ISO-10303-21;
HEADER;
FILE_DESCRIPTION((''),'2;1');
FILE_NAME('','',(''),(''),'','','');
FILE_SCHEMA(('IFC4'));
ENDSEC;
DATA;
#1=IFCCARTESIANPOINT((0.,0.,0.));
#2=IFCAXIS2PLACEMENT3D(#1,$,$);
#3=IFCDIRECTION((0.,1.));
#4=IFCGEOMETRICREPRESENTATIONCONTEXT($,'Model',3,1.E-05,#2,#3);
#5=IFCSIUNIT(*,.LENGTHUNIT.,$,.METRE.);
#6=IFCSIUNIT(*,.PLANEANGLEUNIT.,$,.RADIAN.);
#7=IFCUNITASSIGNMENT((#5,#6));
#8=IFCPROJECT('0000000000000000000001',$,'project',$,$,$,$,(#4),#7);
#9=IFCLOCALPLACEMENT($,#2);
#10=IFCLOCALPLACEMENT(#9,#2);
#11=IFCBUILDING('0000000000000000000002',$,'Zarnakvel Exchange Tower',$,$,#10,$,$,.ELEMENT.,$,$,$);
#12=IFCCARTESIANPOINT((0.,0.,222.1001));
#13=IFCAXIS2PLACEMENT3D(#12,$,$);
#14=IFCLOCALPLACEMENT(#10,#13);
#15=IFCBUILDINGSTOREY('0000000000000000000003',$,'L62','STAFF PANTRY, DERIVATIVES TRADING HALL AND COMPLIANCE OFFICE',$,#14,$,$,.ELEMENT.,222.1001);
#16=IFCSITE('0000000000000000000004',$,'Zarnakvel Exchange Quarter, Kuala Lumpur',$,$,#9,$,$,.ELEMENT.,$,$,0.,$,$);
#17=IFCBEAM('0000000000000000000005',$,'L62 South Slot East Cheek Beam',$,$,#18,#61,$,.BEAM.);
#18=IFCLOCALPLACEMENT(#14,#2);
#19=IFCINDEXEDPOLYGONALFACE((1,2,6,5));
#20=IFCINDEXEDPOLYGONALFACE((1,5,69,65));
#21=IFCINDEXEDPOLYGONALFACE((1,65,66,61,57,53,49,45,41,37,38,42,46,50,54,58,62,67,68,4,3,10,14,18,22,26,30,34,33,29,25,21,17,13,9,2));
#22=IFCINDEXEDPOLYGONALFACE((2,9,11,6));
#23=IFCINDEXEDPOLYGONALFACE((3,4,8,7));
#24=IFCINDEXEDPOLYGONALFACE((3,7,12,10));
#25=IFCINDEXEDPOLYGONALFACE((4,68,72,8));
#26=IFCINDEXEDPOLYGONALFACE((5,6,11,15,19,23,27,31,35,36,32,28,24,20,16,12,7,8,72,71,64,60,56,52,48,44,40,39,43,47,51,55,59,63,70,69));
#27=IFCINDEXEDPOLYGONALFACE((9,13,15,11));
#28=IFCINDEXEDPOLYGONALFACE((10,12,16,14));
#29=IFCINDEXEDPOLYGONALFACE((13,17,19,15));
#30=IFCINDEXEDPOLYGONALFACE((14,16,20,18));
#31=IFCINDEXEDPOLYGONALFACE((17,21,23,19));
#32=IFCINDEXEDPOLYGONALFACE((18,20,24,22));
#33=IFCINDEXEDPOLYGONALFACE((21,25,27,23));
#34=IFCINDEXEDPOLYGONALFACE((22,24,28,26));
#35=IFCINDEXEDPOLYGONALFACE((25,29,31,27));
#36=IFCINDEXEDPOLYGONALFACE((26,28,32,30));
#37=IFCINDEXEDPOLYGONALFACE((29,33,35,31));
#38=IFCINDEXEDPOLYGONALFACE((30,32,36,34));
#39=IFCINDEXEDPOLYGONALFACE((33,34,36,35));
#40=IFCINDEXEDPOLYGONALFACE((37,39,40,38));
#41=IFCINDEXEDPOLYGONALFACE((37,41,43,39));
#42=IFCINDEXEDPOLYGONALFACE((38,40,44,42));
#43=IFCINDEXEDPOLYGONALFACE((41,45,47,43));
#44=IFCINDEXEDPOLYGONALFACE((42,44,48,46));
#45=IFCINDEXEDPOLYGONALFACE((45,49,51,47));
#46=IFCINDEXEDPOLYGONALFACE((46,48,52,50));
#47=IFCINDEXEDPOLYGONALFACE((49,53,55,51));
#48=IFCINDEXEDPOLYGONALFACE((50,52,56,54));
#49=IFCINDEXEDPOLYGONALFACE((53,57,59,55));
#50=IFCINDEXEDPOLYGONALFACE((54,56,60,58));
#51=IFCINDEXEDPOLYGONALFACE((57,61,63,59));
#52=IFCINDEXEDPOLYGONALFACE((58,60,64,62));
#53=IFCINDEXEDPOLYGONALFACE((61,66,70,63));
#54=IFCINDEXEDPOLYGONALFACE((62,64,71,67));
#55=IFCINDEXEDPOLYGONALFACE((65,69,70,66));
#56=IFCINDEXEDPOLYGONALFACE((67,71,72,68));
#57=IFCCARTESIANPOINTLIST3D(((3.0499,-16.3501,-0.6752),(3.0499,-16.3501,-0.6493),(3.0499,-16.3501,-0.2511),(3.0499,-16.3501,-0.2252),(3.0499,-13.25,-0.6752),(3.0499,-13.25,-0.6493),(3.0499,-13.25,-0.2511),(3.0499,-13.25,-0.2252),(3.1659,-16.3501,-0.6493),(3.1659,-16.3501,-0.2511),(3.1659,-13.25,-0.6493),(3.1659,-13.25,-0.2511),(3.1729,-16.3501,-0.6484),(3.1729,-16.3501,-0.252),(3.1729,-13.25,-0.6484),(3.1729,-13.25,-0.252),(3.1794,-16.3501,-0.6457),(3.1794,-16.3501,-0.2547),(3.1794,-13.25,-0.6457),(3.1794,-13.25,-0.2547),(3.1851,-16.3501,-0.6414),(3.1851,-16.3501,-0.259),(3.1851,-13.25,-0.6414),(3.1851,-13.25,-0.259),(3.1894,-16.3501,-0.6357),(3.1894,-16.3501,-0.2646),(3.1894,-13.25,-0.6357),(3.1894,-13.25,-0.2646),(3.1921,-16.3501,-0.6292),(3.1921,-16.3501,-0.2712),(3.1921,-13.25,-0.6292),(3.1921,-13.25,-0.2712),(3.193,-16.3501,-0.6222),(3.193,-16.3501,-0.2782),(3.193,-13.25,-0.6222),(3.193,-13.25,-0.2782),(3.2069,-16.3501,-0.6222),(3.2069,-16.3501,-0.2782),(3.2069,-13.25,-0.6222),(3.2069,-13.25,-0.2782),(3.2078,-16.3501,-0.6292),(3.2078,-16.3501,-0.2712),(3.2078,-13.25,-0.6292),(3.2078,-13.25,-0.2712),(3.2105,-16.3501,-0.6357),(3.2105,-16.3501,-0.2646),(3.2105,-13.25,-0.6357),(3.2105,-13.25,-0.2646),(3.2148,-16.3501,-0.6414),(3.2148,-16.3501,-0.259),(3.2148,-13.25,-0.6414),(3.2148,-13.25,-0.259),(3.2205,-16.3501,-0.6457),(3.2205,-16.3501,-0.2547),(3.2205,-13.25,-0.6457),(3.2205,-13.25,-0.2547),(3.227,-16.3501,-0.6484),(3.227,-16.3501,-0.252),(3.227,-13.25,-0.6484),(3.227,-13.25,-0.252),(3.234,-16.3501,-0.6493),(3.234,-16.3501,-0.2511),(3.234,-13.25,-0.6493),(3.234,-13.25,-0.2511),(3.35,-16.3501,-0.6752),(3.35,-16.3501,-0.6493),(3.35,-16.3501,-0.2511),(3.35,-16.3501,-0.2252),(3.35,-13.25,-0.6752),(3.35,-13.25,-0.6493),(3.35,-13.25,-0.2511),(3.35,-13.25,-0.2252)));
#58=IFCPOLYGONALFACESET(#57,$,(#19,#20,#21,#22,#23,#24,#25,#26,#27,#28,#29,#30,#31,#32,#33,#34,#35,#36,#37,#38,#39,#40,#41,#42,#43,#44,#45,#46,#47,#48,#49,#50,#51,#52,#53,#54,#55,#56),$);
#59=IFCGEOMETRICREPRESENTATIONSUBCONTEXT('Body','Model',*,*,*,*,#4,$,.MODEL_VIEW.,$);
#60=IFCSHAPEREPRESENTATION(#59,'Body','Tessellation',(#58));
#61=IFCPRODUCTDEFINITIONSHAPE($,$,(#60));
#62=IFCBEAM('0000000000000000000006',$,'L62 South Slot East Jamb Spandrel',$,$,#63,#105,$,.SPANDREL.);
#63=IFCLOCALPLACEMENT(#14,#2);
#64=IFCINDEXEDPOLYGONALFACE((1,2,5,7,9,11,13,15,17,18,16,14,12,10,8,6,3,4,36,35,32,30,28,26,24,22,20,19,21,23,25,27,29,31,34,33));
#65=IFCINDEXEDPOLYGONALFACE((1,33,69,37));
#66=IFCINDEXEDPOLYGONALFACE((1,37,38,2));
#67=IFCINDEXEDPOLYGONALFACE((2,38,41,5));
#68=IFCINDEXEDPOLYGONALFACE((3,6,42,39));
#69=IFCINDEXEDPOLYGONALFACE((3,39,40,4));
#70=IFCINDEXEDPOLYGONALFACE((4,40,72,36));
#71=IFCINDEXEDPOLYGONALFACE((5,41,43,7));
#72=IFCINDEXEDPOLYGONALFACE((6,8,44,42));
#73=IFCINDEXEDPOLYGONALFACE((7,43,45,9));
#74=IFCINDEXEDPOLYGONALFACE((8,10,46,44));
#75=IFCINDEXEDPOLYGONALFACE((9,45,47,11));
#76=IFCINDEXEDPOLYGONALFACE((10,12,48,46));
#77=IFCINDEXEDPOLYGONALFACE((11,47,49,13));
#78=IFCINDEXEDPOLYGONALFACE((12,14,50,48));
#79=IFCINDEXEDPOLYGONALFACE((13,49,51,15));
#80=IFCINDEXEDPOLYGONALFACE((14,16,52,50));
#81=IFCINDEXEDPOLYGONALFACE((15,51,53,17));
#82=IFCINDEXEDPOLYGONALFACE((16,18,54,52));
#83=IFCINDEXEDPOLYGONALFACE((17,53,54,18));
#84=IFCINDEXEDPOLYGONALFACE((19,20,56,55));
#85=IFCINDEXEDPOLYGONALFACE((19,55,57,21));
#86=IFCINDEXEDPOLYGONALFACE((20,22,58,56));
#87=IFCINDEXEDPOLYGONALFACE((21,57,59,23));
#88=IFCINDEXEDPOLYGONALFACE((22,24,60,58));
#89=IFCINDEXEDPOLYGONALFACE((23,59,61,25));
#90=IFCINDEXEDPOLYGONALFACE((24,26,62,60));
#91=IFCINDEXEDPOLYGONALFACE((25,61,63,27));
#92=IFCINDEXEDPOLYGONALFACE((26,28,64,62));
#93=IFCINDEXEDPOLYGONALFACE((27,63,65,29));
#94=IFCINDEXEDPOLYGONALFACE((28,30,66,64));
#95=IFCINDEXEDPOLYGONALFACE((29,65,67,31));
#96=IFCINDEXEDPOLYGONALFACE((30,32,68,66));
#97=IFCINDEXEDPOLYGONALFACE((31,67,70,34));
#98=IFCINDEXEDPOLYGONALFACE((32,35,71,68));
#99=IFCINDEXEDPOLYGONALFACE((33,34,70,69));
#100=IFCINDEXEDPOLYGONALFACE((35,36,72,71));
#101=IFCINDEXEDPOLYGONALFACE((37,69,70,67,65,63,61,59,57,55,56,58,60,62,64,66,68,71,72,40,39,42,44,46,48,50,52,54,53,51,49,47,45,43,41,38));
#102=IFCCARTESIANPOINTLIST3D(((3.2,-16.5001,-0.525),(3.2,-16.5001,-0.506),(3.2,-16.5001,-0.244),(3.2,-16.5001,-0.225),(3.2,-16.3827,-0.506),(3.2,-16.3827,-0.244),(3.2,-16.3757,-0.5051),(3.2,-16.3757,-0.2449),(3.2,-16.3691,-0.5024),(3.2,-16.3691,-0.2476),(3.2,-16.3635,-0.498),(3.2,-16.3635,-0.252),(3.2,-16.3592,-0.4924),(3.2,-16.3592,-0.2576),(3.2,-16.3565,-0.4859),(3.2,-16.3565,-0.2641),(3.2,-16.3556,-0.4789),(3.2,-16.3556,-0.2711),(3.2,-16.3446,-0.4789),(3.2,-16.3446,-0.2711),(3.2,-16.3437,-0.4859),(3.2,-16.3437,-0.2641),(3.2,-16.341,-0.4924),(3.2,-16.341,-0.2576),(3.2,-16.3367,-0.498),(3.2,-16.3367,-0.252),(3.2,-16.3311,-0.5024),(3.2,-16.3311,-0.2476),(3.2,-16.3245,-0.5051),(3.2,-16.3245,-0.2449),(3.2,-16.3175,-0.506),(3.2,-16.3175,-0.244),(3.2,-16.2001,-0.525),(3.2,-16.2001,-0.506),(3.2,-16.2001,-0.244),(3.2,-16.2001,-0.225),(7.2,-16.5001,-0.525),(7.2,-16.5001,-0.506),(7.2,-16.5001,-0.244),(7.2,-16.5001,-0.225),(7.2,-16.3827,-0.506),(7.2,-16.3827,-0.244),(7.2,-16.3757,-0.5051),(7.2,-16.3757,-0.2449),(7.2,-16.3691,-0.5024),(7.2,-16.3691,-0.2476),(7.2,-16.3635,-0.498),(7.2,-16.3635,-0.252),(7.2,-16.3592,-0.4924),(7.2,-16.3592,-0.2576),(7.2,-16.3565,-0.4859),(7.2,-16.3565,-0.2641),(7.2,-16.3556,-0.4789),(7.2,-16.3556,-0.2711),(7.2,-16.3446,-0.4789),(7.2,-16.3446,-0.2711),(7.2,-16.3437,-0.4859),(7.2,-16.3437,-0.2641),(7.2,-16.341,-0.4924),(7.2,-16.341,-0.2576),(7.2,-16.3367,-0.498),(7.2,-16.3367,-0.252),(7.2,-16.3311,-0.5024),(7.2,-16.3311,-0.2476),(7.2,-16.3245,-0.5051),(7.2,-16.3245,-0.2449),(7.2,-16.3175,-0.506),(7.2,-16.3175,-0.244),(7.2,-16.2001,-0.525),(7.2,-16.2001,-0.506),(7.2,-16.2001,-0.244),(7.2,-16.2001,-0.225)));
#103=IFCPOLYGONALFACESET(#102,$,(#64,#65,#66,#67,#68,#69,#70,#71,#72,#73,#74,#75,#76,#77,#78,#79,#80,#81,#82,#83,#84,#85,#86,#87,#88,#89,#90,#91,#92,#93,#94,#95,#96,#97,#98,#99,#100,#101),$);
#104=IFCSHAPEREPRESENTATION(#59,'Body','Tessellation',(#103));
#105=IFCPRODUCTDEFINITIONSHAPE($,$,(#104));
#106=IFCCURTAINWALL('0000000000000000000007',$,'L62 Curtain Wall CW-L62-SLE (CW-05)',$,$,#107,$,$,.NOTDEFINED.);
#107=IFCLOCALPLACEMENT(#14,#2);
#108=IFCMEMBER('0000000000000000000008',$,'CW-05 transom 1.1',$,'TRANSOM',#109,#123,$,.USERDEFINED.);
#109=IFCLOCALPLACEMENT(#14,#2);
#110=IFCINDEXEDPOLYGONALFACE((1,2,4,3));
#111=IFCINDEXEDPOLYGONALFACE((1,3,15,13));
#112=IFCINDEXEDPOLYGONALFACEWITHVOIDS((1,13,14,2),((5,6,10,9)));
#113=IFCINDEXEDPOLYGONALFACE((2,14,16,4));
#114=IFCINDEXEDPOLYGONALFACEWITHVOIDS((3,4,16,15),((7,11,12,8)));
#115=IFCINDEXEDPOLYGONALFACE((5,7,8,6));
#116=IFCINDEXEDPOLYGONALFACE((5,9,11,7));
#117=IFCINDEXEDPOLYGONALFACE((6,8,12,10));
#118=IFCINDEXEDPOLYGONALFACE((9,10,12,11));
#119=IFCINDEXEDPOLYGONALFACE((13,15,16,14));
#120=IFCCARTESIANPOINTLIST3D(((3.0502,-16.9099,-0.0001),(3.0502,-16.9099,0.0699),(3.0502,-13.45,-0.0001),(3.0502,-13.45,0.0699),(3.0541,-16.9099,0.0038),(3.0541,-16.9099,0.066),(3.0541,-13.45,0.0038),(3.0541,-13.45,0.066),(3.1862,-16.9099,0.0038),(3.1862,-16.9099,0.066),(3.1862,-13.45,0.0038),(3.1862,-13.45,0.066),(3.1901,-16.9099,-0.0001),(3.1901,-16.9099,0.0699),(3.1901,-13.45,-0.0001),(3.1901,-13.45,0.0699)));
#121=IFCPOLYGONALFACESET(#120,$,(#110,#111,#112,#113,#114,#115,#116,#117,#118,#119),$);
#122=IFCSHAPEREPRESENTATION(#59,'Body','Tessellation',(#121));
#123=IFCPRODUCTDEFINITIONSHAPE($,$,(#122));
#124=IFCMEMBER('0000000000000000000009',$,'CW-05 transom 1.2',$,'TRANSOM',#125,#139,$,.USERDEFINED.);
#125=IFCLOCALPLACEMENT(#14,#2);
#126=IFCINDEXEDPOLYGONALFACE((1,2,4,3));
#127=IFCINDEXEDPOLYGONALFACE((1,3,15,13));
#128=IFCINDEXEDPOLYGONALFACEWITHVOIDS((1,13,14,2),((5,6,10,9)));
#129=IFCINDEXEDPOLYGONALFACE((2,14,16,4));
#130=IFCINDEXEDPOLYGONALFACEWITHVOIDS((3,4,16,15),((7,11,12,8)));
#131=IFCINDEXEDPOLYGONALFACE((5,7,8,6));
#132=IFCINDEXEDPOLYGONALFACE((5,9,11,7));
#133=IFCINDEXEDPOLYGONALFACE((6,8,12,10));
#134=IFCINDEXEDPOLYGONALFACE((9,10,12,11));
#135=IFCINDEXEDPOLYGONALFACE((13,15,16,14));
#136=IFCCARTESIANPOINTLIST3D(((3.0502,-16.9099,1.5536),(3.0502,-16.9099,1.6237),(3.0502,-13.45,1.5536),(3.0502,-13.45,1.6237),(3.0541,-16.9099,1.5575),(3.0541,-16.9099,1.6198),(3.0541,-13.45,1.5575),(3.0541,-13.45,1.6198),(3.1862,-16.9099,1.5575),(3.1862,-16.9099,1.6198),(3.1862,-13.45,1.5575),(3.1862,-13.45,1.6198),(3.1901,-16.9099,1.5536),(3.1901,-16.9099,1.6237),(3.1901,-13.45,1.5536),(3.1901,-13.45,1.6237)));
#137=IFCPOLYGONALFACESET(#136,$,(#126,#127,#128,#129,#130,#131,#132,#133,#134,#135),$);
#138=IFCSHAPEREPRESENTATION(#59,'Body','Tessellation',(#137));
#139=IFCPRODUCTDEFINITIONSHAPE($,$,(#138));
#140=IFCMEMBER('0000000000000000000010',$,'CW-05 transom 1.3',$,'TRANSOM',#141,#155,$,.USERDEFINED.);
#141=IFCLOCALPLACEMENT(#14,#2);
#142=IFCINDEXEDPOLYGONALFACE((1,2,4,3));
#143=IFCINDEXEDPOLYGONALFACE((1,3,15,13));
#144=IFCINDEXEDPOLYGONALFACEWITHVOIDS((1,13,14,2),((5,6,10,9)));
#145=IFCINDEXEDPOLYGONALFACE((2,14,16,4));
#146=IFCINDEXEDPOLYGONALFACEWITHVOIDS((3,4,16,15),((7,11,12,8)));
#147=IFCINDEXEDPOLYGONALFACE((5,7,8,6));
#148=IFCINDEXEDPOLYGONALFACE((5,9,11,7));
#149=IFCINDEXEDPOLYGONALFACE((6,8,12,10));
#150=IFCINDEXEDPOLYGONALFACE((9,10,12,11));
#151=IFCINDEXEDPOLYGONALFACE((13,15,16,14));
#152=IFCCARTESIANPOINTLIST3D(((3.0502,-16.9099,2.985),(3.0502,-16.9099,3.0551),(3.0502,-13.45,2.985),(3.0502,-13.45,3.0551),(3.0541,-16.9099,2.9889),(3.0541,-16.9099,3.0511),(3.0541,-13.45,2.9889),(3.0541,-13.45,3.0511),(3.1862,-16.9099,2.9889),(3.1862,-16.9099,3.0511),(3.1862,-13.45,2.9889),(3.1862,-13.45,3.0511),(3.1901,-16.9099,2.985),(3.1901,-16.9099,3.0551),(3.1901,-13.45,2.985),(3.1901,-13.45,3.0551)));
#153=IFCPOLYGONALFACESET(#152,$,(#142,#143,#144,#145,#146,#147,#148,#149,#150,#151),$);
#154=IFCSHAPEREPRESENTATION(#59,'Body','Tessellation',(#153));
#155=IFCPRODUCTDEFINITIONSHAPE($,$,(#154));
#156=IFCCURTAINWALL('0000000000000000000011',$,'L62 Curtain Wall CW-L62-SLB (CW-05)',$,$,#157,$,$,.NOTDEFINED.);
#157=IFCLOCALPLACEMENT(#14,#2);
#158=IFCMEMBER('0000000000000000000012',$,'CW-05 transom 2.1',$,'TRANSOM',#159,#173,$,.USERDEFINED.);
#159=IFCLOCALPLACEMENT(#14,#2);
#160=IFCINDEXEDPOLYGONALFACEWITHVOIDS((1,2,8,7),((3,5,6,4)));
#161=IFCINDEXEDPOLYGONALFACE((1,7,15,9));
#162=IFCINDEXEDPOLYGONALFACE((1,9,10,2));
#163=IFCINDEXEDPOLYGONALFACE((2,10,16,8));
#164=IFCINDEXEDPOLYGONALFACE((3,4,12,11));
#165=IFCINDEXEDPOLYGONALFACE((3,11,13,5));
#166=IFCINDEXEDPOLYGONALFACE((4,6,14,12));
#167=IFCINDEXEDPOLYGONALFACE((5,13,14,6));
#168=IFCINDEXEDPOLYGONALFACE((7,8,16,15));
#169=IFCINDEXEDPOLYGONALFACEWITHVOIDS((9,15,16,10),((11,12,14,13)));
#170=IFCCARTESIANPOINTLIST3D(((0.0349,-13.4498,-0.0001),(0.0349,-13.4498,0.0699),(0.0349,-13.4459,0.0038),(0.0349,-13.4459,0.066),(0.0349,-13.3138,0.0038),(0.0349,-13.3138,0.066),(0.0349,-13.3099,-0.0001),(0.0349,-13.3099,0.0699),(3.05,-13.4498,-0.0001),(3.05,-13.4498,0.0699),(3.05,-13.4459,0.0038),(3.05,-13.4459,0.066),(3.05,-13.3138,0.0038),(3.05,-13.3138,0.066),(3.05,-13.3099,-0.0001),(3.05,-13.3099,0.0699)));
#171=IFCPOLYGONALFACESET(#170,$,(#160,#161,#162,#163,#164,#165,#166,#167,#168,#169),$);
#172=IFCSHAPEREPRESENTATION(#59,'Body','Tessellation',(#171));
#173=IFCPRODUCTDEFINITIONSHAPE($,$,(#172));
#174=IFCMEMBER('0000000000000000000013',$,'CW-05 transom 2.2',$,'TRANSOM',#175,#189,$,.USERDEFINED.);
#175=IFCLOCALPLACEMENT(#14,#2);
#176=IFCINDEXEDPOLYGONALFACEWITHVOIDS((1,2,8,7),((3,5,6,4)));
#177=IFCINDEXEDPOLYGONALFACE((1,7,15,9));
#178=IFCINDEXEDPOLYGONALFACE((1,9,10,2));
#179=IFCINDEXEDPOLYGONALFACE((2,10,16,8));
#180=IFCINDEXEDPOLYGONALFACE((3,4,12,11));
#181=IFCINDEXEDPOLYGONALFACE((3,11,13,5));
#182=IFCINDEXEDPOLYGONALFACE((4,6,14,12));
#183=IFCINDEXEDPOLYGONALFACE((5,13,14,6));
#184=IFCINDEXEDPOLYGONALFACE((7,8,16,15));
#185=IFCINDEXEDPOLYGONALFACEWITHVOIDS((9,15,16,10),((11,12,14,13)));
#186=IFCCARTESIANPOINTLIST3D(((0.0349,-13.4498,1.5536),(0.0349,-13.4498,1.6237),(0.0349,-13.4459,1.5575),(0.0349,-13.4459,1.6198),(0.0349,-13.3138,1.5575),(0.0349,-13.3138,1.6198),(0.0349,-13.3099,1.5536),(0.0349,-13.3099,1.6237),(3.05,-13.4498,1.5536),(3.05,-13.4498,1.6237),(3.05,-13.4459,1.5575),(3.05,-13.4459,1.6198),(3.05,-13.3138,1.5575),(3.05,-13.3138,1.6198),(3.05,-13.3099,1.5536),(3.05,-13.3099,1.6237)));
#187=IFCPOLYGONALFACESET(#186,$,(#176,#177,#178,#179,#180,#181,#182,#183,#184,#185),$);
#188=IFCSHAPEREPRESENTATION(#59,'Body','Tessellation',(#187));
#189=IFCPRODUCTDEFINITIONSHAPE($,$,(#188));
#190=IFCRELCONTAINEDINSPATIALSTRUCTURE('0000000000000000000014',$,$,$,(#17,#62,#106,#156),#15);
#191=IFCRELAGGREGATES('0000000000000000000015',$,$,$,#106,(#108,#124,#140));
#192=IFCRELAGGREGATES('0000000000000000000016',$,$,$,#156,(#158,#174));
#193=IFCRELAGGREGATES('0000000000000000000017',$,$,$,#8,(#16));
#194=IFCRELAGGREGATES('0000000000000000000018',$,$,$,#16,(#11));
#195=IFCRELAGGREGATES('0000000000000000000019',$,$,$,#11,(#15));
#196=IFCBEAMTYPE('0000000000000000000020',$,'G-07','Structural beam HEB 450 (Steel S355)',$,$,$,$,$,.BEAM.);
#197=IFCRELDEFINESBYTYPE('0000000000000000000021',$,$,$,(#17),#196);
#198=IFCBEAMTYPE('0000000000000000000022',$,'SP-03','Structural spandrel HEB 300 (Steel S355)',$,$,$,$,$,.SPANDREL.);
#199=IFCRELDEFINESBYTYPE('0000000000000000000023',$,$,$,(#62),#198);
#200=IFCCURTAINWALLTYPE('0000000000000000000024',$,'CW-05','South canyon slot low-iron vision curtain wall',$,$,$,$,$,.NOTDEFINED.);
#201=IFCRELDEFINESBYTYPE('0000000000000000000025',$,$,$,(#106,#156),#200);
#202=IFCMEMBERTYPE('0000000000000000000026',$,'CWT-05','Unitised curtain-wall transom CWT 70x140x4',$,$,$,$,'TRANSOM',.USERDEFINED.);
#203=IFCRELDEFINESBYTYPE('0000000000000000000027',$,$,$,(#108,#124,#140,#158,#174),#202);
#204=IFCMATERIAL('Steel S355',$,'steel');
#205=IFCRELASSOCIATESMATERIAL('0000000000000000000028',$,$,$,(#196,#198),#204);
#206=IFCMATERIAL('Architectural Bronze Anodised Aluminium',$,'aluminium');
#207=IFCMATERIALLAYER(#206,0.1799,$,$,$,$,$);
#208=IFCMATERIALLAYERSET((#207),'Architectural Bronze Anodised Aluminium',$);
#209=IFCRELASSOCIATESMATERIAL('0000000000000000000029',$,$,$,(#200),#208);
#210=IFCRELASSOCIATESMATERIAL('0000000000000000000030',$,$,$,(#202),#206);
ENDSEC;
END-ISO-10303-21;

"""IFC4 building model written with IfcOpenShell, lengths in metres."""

from ifc_helpers import new_model, si_unit, direction, frame, origin, origin_2d, place, context, subcontext, project, spatial, hollow_rectangle, i_section, extrude, source, transform, mapped, material, layer, layer_set, material_profile, profile_set, type_object, element, aggregate, save


model = new_model("IFC4")

# Units and contexts
model_context = context("Model", 3, precision=1e-05, world=origin(), true_north=direction((0.0, 1.0)))
body_context = subcontext(model_context, "Body", "Model", "MODEL_VIEW")
ifc_project = project(units=[si_unit("LENGTHUNIT", "METRE"), si_unit("PLANEANGLEUNIT", "RADIAN")], contexts=[model_context])

# Site, building, storey
site_placement = place(None, origin())
site = spatial("IfcSite", under=ifc_project, at=site_placement, Name="Zarnakvel Exchange Quarter, Kuala Lumpur", CompositionType="ELEMENT", RefElevation=0.0)
building_placement = place(site_placement, origin())
building = spatial("IfcBuilding", under=site, at=building_placement, Name="Zarnakvel Exchange Tower", CompositionType="ELEMENT")
storey_placement = place(building_placement, frame((0.0, 0.0, 222.1001)))
storey = spatial("IfcBuildingStorey", under=building, at=storey_placement, Name="L62", Description="STAFF PANTRY, DERIVATIVES TRADING HALL AND COMPLIANCE OFFICE", CompositionType="ELEMENT", Elevation=222.1001)

# Beams
ifc_material_1 = material(Name="Steel S355", Category="steel")
ifc_material_profile_1 = material_profile(ifc_material_1, i_section(OverallWidth=0.3, OverallDepth=0.45, WebThickness=0.0139, FlangeThickness=0.0259, FilletRadius=0.0271, at=origin_2d()))
ifc_profile_set_1 = profile_set([ifc_material_profile_1], Name="Steel S355")
beam_type_1 = type_object("IfcBeamType", Name="G-07", Description="Structural beam HEB 450 (Steel S355)", PredefinedType="BEAM", material=ifc_profile_set_1)
beam_1_placement = place(storey_placement, frame((3.2, -16.3501, -0.4502), z_axis=(0.0, 1.0, 0.0), x_axis=(-1.0, 0.0, 0.0)))
element("IfcBeam", 1, at=beam_1_placement, inside=storey, type_object=beam_type_1, Name="L62 South Slot East Cheek Beam", PredefinedType="BEAM", context=body_context, shape_type="SweptSolid", body=[
    extrude(i_section(OverallWidth=0.3, OverallDepth=0.45, WebThickness=0.0139, FlangeThickness=0.0259, FilletRadius=0.0271, at=origin_2d()), origin(), (0.0, 0.0, 1.0), 3.1001),
])
ifc_material_profile_2 = material_profile(ifc_material_1, i_section(OverallWidth=0.3, OverallDepth=0.3, WebThickness=0.011, FlangeThickness=0.019, FilletRadius=0.0271, at=origin_2d()))
ifc_profile_set_2 = profile_set([ifc_material_profile_2], Name="Steel S355")
beam_type_2 = type_object("IfcBeamType", Name="SP-03", Description="Structural spandrel HEB 300 (Steel S355)", PredefinedType="SPANDREL", material=ifc_profile_set_2)
beam_2_placement = place(storey_placement, frame((3.2, -16.3501, -0.375), z_axis=(1.0, 0.0, 0.0), x_axis=(0.0, 1.0, 0.0)))
element("IfcBeam", 2, at=beam_2_placement, inside=storey, type_object=beam_type_2, Name="L62 South Slot East Jamb Spandrel", PredefinedType="SPANDREL", context=body_context, shape_type="SweptSolid", body=[
    extrude(i_section(OverallWidth=0.3, OverallDepth=0.3, WebThickness=0.011, FlangeThickness=0.019, FilletRadius=0.0271, at=origin_2d()), origin(), (0.0, 0.0, 1.0), 4.0),
])

# Curtain walls, members
ifc_material_2 = material(Name="Architectural Bronze Anodised Aluminium", Category="aluminium")
ifc_layer_1 = layer(ifc_material_2, 0.1799)
ifc_layer_set_1 = layer_set([ifc_layer_1], Name="Architectural Bronze Anodised Aluminium")
curtain_wall_type = type_object("IfcCurtainWallType", Name="CW-05", Description="South canyon slot low-iron vision curtain wall", PredefinedType="NOTDEFINED", material=ifc_layer_set_1)
curtain_wall_1_placement = place(storey_placement, origin())
curtain_wall_1 = element("IfcCurtainWall", 3, at=curtain_wall_1_placement, inside=storey, type_object=curtain_wall_type, Name="L62 Curtain Wall CW-L62-SLE (CW-05)", PredefinedType="NOTDEFINED")
ifc_material_profile_3 = material_profile(ifc_material_2, hollow_rectangle(XDim=0.1399, YDim=0.0701, WallThickness=0.0039, at=origin_2d()))
ifc_profile_set_3 = profile_set([ifc_material_profile_3], Name="Architectural Bronze Anodised Aluminium")
member_type_1 = type_object("IfcMemberType", Name="CWT-05", Description="Unitised curtain-wall transom CWT 70x140x4", ElementType="TRANSOM", PredefinedType="USERDEFINED", material=ifc_profile_set_3)
shared_shape_1 = source(origin(), body_context, "Body", "SweptSolid", [
    extrude(hollow_rectangle(XDim=0.1399, YDim=0.0701, WallThickness=0.0039, at=origin_2d()), origin(), (0.0, 0.0, 1.0), 3.46),
])
member_1_placement = place(storey_placement, frame((3.1201, -13.45, 0.0349), z_axis=(0.0, -1.0, 0.0), x_axis=(1.0, 0.0, 0.0)))
member_1 = element("IfcMember", 4, at=member_1_placement, type_object=member_type_1, Name="CW-05 transom 1.1", ObjectType="TRANSOM", PredefinedType="USERDEFINED", context=body_context, shape_type="MappedRepresentation", body=[
    mapped(shared_shape_1, transform((0.0, 0.0, 0.0), x_axis=(1.0, 0.0, 0.0), y_axis=(0.0, 1.0, 0.0), z_axis=(0.0, 0.0, 1.0), scale=1.0)),
])
member_2_placement = place(storey_placement, frame((3.1201, -13.45, 1.5886), z_axis=(0.0, -1.0, 0.0), x_axis=(1.0, 0.0, 0.0)))
member_2 = element("IfcMember", 5, at=member_2_placement, type_object=member_type_1, Name="CW-05 transom 1.2", ObjectType="TRANSOM", PredefinedType="USERDEFINED", context=body_context, shape_type="MappedRepresentation", body=[
    mapped(shared_shape_1, transform((0.0, 0.0, 0.0), x_axis=(1.0, 0.0, 0.0), y_axis=(0.0, 1.0, 0.0), z_axis=(0.0, 0.0, 1.0), scale=1.0)),
])
member_3_placement = place(storey_placement, frame((3.1201, -13.45, 3.02), z_axis=(0.0, -1.0, 0.0), x_axis=(1.0, 0.0, 0.0)))
member_3 = element("IfcMember", 6, at=member_3_placement, type_object=member_type_1, Name="CW-05 transom 1.3", ObjectType="TRANSOM", PredefinedType="USERDEFINED", context=body_context, shape_type="MappedRepresentation", body=[
    mapped(shared_shape_1, transform((0.0, 0.0, 0.0), x_axis=(1.0, 0.0, 0.0), y_axis=(0.0, 1.0, 0.0), z_axis=(0.0, 0.0, 1.0), scale=1.0)),
])
curtain_wall_2_placement = place(storey_placement, origin())
curtain_wall_2 = element("IfcCurtainWall", 7, at=curtain_wall_2_placement, inside=storey, type_object=curtain_wall_type, Name="L62 Curtain Wall CW-L62-SLB (CW-05)", PredefinedType="NOTDEFINED")
shared_shape_2 = source(origin(), body_context, "Body", "SweptSolid", [
    extrude(hollow_rectangle(XDim=0.1399, YDim=0.0701, WallThickness=0.0039, at=origin_2d()), origin(), (0.0, 0.0, 1.0), 3.0151),
])
member_4_placement = place(storey_placement, frame((0.0349, -13.3799, 0.0349), z_axis=(1.0, 0.0, 0.0), x_axis=(0.0, 1.0, 0.0)))
member_4 = element("IfcMember", 8, at=member_4_placement, type_object=member_type_1, Name="CW-05 transom 2.1", ObjectType="TRANSOM", PredefinedType="USERDEFINED", context=body_context, shape_type="MappedRepresentation", body=[
    mapped(shared_shape_2, transform((0.0, 0.0, 0.0), x_axis=(1.0, 0.0, 0.0), y_axis=(0.0, 1.0, 0.0), z_axis=(0.0, 0.0, 1.0), scale=1.0)),
])
member_5_placement = place(storey_placement, frame((0.0349, -13.3799, 1.5886), z_axis=(1.0, 0.0, 0.0), x_axis=(0.0, 1.0, 0.0)))
member_5 = element("IfcMember", 9, at=member_5_placement, type_object=member_type_1, Name="CW-05 transom 2.2", ObjectType="TRANSOM", PredefinedType="USERDEFINED", context=body_context, shape_type="MappedRepresentation", body=[
    mapped(shared_shape_2, transform((0.0, 0.0, 0.0), x_axis=(1.0, 0.0, 0.0), y_axis=(0.0, 1.0, 0.0), z_axis=(0.0, 0.0, 1.0), scale=1.0)),
])

aggregate(curtain_wall_1, [member_1, member_2, member_3])
aggregate(curtain_wall_2, [member_4, member_5])

save(model, "model.ifc")
